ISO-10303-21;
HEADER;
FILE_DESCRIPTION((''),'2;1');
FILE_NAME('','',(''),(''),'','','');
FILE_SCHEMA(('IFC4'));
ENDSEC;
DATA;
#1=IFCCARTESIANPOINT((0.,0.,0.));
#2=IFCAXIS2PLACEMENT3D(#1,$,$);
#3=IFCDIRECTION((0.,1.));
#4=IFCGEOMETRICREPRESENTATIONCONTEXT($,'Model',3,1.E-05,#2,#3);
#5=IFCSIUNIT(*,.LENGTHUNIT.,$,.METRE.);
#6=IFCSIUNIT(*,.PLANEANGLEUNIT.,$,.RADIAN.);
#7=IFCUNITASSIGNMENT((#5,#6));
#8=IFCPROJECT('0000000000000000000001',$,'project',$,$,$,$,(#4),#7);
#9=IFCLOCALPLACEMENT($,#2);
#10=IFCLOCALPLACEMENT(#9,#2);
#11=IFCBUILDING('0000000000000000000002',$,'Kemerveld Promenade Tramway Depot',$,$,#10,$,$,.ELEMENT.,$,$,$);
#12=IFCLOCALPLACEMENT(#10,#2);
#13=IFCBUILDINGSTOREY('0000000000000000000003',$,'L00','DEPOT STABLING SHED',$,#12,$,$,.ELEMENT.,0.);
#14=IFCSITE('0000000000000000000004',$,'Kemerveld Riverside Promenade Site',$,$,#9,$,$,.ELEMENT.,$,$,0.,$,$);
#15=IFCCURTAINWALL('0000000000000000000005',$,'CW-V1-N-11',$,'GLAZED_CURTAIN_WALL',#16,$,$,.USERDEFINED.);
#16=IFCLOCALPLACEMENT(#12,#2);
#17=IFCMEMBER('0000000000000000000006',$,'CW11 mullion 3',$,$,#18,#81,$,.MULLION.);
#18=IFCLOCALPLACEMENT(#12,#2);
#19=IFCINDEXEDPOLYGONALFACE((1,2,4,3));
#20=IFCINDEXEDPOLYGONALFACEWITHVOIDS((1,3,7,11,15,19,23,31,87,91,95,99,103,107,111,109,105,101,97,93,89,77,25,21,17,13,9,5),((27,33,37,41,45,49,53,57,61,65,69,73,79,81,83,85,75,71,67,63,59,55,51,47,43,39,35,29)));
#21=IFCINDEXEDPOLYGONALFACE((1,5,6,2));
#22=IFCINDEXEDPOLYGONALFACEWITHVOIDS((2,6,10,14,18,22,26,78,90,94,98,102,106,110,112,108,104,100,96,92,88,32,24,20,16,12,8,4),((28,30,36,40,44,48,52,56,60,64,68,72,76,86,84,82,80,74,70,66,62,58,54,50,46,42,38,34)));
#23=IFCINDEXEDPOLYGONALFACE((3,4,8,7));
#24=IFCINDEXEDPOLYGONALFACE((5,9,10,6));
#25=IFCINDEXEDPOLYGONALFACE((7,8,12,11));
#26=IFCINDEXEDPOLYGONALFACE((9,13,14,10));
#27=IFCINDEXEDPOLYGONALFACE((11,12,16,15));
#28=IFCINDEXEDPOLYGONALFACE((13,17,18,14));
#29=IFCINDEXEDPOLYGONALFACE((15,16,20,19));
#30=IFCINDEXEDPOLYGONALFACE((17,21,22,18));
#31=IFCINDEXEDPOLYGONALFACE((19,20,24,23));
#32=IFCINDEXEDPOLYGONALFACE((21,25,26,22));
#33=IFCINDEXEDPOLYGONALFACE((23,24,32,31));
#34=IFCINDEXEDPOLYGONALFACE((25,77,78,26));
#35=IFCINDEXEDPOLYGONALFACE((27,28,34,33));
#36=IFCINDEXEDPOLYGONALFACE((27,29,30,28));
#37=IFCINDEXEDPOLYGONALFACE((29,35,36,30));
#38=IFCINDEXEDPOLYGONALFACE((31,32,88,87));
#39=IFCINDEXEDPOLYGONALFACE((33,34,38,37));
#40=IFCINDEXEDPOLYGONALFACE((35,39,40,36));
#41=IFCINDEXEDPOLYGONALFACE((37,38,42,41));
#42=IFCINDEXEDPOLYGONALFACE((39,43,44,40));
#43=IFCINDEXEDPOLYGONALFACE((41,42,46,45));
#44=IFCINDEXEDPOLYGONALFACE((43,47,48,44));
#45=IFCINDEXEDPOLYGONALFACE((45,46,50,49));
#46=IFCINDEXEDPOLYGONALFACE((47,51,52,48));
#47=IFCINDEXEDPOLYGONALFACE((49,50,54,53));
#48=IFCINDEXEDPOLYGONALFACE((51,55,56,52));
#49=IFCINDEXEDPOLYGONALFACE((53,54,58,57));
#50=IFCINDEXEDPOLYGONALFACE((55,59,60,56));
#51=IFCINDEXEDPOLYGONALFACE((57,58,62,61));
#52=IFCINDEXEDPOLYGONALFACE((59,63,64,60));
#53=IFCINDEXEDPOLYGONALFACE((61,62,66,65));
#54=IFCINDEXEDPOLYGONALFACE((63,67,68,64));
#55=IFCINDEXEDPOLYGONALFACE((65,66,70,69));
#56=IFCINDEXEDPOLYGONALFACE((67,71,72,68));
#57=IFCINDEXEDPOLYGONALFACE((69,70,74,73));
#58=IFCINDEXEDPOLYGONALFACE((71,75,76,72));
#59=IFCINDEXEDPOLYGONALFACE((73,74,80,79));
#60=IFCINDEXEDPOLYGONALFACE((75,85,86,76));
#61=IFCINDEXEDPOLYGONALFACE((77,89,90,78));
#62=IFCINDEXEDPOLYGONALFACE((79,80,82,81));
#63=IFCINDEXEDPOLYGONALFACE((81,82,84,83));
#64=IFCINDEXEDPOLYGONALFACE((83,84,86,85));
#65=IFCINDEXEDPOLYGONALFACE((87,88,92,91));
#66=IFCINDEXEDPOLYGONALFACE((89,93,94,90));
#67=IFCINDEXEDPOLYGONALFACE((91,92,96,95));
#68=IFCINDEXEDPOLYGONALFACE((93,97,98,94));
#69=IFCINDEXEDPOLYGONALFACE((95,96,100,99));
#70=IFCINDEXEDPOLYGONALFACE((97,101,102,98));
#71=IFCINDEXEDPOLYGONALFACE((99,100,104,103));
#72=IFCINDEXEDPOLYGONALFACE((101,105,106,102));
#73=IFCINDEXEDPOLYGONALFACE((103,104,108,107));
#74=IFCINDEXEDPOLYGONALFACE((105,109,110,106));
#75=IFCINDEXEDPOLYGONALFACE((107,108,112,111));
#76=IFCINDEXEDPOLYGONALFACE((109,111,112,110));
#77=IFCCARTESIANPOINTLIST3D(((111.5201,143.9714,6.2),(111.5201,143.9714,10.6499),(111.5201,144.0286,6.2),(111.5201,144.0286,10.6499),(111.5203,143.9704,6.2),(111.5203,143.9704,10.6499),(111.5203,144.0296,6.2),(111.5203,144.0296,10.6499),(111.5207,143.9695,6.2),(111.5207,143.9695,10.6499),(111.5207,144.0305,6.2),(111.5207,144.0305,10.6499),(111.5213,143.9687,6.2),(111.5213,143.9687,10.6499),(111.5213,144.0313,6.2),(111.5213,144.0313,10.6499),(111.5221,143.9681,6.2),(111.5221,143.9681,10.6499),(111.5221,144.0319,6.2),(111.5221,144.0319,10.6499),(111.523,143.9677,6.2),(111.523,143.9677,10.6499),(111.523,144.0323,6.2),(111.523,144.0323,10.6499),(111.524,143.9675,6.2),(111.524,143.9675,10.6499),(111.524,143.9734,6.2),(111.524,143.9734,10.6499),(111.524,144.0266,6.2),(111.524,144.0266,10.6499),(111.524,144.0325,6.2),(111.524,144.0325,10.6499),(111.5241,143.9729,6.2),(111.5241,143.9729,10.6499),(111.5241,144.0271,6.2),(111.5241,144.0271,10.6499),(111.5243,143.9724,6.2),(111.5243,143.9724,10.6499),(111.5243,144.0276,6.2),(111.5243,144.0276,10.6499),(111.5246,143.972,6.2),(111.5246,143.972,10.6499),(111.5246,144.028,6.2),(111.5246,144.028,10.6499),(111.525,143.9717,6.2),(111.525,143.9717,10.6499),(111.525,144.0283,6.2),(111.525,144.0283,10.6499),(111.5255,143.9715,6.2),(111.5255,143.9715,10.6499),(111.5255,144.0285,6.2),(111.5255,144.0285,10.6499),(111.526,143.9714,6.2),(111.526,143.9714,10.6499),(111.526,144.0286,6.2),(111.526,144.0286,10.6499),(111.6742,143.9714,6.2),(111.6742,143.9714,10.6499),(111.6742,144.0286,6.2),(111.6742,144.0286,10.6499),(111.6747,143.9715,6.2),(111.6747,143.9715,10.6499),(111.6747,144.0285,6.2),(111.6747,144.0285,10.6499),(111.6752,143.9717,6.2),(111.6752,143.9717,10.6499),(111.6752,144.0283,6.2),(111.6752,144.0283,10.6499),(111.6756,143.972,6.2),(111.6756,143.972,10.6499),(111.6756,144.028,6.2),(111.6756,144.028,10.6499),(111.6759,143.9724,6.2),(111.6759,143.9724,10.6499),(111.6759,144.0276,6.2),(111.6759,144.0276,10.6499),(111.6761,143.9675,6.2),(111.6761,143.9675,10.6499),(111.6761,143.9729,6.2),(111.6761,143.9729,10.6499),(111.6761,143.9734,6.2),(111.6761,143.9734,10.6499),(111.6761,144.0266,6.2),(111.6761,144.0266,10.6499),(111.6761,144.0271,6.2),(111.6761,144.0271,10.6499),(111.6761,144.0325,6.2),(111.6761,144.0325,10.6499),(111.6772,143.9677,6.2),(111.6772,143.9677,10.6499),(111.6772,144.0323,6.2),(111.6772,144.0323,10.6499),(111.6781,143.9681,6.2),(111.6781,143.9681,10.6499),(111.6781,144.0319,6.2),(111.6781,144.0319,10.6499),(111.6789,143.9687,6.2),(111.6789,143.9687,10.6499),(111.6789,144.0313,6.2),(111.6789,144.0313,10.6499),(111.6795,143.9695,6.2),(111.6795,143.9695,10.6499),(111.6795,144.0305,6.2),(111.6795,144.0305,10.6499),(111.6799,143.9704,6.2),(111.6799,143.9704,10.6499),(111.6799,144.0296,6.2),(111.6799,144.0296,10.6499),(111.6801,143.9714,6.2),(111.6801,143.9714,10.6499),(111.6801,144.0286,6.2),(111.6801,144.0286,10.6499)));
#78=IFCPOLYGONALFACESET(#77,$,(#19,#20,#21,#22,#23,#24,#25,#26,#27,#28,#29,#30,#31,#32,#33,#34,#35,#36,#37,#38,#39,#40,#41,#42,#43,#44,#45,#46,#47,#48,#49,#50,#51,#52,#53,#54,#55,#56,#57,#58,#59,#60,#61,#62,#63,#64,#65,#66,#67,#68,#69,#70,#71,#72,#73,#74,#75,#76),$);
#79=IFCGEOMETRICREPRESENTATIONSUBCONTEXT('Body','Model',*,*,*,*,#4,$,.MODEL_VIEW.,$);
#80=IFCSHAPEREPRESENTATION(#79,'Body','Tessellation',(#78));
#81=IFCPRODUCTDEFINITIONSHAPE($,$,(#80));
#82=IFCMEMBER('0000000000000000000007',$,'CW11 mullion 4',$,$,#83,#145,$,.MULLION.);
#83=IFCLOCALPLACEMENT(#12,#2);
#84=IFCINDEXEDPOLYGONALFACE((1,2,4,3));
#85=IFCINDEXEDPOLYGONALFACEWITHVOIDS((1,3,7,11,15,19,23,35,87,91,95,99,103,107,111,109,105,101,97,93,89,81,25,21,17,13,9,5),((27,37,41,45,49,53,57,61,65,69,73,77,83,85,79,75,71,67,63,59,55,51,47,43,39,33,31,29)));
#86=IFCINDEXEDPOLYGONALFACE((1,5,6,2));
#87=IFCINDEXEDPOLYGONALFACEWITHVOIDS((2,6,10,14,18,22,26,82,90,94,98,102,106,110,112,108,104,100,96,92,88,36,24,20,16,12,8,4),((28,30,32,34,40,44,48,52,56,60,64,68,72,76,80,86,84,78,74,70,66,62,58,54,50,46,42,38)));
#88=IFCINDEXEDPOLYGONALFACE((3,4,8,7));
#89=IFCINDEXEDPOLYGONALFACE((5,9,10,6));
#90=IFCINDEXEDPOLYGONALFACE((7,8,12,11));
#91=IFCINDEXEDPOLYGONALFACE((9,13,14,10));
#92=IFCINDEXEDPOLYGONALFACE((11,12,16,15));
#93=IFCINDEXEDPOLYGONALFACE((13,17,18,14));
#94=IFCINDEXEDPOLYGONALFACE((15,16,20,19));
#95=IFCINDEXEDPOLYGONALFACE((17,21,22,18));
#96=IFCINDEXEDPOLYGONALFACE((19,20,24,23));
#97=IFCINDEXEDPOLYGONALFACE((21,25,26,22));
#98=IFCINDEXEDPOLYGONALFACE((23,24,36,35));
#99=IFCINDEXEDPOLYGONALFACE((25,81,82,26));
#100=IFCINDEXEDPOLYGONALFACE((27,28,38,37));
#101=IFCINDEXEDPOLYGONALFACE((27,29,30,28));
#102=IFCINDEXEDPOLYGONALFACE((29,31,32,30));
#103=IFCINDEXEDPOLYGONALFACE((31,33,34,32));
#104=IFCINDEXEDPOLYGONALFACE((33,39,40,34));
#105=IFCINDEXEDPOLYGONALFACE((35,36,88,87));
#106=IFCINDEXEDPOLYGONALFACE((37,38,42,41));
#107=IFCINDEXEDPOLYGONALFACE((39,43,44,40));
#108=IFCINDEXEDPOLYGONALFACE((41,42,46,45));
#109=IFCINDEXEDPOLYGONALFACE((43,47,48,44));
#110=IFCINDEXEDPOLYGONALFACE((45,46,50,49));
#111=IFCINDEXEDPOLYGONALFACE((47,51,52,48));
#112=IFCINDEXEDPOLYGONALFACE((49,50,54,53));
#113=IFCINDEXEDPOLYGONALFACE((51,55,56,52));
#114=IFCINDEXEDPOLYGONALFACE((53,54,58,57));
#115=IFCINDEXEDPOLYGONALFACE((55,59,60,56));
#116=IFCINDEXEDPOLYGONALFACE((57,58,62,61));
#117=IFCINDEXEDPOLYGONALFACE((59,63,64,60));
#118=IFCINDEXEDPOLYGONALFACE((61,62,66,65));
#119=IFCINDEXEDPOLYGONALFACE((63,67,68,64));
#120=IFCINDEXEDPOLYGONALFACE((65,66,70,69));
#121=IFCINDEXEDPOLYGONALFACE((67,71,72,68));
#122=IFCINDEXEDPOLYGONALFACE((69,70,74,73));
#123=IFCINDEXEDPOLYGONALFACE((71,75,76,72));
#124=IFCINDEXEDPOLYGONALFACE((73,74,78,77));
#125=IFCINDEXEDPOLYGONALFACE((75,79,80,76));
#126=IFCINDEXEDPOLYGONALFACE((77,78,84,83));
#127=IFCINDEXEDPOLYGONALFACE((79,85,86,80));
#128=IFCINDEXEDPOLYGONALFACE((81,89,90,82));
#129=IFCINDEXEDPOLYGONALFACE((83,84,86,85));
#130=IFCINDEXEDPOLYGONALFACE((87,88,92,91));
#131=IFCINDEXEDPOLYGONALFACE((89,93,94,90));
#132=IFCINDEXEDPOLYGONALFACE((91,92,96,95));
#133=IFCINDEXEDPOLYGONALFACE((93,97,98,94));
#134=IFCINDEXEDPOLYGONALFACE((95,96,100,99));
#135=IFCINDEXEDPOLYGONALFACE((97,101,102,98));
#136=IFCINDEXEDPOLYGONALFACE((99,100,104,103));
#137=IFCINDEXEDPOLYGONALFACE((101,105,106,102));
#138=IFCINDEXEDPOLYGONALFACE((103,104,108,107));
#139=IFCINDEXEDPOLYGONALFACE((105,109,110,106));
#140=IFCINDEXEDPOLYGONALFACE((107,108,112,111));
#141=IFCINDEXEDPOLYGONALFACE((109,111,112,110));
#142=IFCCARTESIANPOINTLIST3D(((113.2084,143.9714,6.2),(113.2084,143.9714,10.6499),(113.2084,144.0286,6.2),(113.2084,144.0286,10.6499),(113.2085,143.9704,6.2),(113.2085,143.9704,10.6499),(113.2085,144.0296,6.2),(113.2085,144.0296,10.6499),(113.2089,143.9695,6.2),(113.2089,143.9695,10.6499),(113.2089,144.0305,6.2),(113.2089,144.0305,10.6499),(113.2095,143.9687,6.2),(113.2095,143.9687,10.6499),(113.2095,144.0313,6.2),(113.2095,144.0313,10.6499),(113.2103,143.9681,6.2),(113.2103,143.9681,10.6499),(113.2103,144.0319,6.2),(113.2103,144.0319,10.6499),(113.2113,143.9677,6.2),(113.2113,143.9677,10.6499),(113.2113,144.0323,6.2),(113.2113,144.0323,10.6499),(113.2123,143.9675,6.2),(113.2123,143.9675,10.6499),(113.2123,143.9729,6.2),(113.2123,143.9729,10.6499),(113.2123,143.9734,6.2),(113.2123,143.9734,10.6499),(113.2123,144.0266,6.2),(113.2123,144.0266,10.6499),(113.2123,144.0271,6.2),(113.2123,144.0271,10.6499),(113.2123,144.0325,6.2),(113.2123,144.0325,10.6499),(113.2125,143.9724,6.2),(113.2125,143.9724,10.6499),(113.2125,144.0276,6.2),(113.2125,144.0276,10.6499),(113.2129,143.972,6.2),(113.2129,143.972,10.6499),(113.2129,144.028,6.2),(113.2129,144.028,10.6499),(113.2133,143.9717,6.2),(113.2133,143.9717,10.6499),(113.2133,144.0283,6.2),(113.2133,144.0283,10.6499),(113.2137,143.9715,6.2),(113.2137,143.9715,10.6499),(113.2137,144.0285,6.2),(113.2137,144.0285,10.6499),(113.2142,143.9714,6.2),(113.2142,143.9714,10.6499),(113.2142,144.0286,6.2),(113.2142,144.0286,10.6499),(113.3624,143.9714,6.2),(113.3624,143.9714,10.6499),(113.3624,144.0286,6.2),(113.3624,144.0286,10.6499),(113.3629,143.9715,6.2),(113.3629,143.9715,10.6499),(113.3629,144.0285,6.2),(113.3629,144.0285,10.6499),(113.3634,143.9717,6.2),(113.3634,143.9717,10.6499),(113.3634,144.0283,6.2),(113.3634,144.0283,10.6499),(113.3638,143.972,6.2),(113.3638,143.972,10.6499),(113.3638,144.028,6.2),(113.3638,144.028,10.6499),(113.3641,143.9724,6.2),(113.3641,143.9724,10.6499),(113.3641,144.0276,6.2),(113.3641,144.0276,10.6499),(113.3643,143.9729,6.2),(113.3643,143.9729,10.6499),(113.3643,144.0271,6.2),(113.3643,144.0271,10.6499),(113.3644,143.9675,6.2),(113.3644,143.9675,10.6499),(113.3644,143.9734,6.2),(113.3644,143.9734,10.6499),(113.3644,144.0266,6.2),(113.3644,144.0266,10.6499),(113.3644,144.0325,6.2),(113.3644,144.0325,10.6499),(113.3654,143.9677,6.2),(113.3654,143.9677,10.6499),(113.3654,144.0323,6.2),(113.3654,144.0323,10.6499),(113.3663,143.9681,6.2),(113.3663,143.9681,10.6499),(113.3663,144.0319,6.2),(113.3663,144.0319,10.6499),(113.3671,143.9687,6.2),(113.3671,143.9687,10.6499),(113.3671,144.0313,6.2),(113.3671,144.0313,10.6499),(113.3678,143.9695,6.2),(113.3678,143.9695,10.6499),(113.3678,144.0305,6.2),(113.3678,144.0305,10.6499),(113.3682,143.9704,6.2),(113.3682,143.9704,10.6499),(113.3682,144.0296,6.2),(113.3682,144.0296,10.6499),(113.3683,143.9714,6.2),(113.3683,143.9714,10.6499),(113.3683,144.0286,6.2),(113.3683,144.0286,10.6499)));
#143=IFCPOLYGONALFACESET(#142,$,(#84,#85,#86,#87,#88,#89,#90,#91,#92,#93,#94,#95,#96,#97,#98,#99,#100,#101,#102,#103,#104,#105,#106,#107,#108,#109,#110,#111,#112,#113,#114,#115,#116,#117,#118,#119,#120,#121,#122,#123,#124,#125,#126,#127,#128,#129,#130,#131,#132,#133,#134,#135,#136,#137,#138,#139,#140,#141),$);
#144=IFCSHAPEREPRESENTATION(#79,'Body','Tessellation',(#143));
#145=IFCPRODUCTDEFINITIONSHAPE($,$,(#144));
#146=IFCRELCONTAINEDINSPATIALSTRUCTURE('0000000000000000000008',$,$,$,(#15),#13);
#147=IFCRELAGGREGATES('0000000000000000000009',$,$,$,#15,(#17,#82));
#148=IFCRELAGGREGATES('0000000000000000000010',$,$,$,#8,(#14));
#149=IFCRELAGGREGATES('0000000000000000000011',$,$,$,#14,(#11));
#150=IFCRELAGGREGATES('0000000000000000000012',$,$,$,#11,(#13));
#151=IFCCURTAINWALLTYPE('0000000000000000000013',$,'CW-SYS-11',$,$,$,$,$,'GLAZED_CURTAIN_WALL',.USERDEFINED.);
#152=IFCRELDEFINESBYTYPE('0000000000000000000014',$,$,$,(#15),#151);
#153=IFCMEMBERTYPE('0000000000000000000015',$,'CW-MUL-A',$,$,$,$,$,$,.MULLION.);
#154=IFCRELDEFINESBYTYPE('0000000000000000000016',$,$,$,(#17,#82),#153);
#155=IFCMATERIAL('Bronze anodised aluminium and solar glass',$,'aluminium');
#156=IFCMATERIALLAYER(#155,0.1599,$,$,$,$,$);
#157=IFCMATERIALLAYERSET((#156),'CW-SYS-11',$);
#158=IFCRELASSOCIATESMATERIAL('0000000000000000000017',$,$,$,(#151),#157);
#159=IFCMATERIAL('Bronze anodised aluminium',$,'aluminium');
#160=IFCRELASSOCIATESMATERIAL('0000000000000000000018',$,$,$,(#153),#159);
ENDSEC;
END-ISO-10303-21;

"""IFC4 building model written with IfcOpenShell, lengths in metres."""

from ifc_helpers import new_model, si_unit, direction, frame, origin, origin_2d, place, context, subcontext, project, spatial, hollow_rectangle, extrude, material, layer, layer_set, material_profile, profile_set, type_object, element, aggregate, save


model = new_model("IFC4")

# Units and contexts
model_context = context("Model", 3, precision=1e-05, world=origin(), true_north=direction((0.0, 1.0)))
body_context = subcontext(model_context, "Body", "Model", "MODEL_VIEW")
ifc_project = project(units=[si_unit("LENGTHUNIT", "METRE"), si_unit("PLANEANGLEUNIT", "RADIAN")], contexts=[model_context])

# Site, building, storey
site_placement = place(None, origin())
site = spatial("IfcSite", under=ifc_project, at=site_placement, Name="Kemerveld Riverside Promenade Site", CompositionType="ELEMENT", RefElevation=0.0)
building_placement = place(site_placement, origin())
building = spatial("IfcBuilding", under=site, at=building_placement, Name="Kemerveld Promenade Tramway Depot", CompositionType="ELEMENT")
storey_placement = place(building_placement, origin())
storey = spatial("IfcBuildingStorey", under=building, at=storey_placement, Name="L00", Description="DEPOT STABLING SHED", CompositionType="ELEMENT", Elevation=0.0)

# Curtain wall, members
ifc_material_1 = material(Name="Bronze anodised aluminium and solar glass", Category="aluminium")
ifc_layer_1 = layer(ifc_material_1, 0.1599)
ifc_layer_set_1 = layer_set([ifc_layer_1], Name="CW-SYS-11")
curtain_wall_type_1 = type_object("IfcCurtainWallType", Name="CW-SYS-11", ElementType="GLAZED_CURTAIN_WALL", PredefinedType="USERDEFINED", material=ifc_layer_set_1)
curtain_wall_1_placement = place(storey_placement, origin())
curtain_wall_1 = element("IfcCurtainWall", 1, at=curtain_wall_1_placement, inside=storey, type_object=curtain_wall_type_1, Name="CW-V1-N-11", ObjectType="GLAZED_CURTAIN_WALL", PredefinedType="USERDEFINED")
ifc_material_2 = material(Name="Bronze anodised aluminium", Category="aluminium")
ifc_material_profile_1 = material_profile(ifc_material_2, hollow_rectangle(XDim=0.0649, YDim=0.1599, WallThickness=0.0039, InnerFilletRadius=0.002, OuterFilletRadius=0.0039, at=origin_2d()), Name="CW-MUL-160x65")
ifc_profile_set_1 = profile_set([ifc_material_profile_1], Name="Bronze anodised aluminium")
member_type_1 = type_object("IfcMemberType", Name="CW-MUL-A", PredefinedType="MULLION", material=ifc_profile_set_1)
member_1_placement = place(storey_placement, frame((111.6001, 144.0, 6.2), z_axis=(0.0, 0.0, 1.0), x_axis=(0.0, 1.0, 0.0)))
member_1 = element("IfcMember", 2, at=member_1_placement, type_object=member_type_1, Name="CW11 mullion 3", PredefinedType="MULLION", context=body_context, shape_type="SweptSolid", body=[
    extrude(hollow_rectangle(XDim=0.0649, YDim=0.1599, WallThickness=0.0039, InnerFilletRadius=0.002, OuterFilletRadius=0.0039, at=origin_2d()), origin(), (0.0, 0.0, 1.0), 4.45),
])
member_2_placement = place(storey_placement, frame((113.2883, 144.0, 6.2), z_axis=(0.0, 0.0, 1.0), x_axis=(0.0, 1.0, 0.0)))
member_2 = element("IfcMember", 3, at=member_2_placement, type_object=member_type_1, Name="CW11 mullion 4", PredefinedType="MULLION", context=body_context, shape_type="SweptSolid", body=[
    extrude(hollow_rectangle(XDim=0.0649, YDim=0.1599, WallThickness=0.0039, InnerFilletRadius=0.002, OuterFilletRadius=0.0039, at=origin_2d()), origin(), (0.0, 0.0, 1.0), 4.45),
])

aggregate(curtain_wall_1, [member_1, member_2])

save(model, "model.ifc")
